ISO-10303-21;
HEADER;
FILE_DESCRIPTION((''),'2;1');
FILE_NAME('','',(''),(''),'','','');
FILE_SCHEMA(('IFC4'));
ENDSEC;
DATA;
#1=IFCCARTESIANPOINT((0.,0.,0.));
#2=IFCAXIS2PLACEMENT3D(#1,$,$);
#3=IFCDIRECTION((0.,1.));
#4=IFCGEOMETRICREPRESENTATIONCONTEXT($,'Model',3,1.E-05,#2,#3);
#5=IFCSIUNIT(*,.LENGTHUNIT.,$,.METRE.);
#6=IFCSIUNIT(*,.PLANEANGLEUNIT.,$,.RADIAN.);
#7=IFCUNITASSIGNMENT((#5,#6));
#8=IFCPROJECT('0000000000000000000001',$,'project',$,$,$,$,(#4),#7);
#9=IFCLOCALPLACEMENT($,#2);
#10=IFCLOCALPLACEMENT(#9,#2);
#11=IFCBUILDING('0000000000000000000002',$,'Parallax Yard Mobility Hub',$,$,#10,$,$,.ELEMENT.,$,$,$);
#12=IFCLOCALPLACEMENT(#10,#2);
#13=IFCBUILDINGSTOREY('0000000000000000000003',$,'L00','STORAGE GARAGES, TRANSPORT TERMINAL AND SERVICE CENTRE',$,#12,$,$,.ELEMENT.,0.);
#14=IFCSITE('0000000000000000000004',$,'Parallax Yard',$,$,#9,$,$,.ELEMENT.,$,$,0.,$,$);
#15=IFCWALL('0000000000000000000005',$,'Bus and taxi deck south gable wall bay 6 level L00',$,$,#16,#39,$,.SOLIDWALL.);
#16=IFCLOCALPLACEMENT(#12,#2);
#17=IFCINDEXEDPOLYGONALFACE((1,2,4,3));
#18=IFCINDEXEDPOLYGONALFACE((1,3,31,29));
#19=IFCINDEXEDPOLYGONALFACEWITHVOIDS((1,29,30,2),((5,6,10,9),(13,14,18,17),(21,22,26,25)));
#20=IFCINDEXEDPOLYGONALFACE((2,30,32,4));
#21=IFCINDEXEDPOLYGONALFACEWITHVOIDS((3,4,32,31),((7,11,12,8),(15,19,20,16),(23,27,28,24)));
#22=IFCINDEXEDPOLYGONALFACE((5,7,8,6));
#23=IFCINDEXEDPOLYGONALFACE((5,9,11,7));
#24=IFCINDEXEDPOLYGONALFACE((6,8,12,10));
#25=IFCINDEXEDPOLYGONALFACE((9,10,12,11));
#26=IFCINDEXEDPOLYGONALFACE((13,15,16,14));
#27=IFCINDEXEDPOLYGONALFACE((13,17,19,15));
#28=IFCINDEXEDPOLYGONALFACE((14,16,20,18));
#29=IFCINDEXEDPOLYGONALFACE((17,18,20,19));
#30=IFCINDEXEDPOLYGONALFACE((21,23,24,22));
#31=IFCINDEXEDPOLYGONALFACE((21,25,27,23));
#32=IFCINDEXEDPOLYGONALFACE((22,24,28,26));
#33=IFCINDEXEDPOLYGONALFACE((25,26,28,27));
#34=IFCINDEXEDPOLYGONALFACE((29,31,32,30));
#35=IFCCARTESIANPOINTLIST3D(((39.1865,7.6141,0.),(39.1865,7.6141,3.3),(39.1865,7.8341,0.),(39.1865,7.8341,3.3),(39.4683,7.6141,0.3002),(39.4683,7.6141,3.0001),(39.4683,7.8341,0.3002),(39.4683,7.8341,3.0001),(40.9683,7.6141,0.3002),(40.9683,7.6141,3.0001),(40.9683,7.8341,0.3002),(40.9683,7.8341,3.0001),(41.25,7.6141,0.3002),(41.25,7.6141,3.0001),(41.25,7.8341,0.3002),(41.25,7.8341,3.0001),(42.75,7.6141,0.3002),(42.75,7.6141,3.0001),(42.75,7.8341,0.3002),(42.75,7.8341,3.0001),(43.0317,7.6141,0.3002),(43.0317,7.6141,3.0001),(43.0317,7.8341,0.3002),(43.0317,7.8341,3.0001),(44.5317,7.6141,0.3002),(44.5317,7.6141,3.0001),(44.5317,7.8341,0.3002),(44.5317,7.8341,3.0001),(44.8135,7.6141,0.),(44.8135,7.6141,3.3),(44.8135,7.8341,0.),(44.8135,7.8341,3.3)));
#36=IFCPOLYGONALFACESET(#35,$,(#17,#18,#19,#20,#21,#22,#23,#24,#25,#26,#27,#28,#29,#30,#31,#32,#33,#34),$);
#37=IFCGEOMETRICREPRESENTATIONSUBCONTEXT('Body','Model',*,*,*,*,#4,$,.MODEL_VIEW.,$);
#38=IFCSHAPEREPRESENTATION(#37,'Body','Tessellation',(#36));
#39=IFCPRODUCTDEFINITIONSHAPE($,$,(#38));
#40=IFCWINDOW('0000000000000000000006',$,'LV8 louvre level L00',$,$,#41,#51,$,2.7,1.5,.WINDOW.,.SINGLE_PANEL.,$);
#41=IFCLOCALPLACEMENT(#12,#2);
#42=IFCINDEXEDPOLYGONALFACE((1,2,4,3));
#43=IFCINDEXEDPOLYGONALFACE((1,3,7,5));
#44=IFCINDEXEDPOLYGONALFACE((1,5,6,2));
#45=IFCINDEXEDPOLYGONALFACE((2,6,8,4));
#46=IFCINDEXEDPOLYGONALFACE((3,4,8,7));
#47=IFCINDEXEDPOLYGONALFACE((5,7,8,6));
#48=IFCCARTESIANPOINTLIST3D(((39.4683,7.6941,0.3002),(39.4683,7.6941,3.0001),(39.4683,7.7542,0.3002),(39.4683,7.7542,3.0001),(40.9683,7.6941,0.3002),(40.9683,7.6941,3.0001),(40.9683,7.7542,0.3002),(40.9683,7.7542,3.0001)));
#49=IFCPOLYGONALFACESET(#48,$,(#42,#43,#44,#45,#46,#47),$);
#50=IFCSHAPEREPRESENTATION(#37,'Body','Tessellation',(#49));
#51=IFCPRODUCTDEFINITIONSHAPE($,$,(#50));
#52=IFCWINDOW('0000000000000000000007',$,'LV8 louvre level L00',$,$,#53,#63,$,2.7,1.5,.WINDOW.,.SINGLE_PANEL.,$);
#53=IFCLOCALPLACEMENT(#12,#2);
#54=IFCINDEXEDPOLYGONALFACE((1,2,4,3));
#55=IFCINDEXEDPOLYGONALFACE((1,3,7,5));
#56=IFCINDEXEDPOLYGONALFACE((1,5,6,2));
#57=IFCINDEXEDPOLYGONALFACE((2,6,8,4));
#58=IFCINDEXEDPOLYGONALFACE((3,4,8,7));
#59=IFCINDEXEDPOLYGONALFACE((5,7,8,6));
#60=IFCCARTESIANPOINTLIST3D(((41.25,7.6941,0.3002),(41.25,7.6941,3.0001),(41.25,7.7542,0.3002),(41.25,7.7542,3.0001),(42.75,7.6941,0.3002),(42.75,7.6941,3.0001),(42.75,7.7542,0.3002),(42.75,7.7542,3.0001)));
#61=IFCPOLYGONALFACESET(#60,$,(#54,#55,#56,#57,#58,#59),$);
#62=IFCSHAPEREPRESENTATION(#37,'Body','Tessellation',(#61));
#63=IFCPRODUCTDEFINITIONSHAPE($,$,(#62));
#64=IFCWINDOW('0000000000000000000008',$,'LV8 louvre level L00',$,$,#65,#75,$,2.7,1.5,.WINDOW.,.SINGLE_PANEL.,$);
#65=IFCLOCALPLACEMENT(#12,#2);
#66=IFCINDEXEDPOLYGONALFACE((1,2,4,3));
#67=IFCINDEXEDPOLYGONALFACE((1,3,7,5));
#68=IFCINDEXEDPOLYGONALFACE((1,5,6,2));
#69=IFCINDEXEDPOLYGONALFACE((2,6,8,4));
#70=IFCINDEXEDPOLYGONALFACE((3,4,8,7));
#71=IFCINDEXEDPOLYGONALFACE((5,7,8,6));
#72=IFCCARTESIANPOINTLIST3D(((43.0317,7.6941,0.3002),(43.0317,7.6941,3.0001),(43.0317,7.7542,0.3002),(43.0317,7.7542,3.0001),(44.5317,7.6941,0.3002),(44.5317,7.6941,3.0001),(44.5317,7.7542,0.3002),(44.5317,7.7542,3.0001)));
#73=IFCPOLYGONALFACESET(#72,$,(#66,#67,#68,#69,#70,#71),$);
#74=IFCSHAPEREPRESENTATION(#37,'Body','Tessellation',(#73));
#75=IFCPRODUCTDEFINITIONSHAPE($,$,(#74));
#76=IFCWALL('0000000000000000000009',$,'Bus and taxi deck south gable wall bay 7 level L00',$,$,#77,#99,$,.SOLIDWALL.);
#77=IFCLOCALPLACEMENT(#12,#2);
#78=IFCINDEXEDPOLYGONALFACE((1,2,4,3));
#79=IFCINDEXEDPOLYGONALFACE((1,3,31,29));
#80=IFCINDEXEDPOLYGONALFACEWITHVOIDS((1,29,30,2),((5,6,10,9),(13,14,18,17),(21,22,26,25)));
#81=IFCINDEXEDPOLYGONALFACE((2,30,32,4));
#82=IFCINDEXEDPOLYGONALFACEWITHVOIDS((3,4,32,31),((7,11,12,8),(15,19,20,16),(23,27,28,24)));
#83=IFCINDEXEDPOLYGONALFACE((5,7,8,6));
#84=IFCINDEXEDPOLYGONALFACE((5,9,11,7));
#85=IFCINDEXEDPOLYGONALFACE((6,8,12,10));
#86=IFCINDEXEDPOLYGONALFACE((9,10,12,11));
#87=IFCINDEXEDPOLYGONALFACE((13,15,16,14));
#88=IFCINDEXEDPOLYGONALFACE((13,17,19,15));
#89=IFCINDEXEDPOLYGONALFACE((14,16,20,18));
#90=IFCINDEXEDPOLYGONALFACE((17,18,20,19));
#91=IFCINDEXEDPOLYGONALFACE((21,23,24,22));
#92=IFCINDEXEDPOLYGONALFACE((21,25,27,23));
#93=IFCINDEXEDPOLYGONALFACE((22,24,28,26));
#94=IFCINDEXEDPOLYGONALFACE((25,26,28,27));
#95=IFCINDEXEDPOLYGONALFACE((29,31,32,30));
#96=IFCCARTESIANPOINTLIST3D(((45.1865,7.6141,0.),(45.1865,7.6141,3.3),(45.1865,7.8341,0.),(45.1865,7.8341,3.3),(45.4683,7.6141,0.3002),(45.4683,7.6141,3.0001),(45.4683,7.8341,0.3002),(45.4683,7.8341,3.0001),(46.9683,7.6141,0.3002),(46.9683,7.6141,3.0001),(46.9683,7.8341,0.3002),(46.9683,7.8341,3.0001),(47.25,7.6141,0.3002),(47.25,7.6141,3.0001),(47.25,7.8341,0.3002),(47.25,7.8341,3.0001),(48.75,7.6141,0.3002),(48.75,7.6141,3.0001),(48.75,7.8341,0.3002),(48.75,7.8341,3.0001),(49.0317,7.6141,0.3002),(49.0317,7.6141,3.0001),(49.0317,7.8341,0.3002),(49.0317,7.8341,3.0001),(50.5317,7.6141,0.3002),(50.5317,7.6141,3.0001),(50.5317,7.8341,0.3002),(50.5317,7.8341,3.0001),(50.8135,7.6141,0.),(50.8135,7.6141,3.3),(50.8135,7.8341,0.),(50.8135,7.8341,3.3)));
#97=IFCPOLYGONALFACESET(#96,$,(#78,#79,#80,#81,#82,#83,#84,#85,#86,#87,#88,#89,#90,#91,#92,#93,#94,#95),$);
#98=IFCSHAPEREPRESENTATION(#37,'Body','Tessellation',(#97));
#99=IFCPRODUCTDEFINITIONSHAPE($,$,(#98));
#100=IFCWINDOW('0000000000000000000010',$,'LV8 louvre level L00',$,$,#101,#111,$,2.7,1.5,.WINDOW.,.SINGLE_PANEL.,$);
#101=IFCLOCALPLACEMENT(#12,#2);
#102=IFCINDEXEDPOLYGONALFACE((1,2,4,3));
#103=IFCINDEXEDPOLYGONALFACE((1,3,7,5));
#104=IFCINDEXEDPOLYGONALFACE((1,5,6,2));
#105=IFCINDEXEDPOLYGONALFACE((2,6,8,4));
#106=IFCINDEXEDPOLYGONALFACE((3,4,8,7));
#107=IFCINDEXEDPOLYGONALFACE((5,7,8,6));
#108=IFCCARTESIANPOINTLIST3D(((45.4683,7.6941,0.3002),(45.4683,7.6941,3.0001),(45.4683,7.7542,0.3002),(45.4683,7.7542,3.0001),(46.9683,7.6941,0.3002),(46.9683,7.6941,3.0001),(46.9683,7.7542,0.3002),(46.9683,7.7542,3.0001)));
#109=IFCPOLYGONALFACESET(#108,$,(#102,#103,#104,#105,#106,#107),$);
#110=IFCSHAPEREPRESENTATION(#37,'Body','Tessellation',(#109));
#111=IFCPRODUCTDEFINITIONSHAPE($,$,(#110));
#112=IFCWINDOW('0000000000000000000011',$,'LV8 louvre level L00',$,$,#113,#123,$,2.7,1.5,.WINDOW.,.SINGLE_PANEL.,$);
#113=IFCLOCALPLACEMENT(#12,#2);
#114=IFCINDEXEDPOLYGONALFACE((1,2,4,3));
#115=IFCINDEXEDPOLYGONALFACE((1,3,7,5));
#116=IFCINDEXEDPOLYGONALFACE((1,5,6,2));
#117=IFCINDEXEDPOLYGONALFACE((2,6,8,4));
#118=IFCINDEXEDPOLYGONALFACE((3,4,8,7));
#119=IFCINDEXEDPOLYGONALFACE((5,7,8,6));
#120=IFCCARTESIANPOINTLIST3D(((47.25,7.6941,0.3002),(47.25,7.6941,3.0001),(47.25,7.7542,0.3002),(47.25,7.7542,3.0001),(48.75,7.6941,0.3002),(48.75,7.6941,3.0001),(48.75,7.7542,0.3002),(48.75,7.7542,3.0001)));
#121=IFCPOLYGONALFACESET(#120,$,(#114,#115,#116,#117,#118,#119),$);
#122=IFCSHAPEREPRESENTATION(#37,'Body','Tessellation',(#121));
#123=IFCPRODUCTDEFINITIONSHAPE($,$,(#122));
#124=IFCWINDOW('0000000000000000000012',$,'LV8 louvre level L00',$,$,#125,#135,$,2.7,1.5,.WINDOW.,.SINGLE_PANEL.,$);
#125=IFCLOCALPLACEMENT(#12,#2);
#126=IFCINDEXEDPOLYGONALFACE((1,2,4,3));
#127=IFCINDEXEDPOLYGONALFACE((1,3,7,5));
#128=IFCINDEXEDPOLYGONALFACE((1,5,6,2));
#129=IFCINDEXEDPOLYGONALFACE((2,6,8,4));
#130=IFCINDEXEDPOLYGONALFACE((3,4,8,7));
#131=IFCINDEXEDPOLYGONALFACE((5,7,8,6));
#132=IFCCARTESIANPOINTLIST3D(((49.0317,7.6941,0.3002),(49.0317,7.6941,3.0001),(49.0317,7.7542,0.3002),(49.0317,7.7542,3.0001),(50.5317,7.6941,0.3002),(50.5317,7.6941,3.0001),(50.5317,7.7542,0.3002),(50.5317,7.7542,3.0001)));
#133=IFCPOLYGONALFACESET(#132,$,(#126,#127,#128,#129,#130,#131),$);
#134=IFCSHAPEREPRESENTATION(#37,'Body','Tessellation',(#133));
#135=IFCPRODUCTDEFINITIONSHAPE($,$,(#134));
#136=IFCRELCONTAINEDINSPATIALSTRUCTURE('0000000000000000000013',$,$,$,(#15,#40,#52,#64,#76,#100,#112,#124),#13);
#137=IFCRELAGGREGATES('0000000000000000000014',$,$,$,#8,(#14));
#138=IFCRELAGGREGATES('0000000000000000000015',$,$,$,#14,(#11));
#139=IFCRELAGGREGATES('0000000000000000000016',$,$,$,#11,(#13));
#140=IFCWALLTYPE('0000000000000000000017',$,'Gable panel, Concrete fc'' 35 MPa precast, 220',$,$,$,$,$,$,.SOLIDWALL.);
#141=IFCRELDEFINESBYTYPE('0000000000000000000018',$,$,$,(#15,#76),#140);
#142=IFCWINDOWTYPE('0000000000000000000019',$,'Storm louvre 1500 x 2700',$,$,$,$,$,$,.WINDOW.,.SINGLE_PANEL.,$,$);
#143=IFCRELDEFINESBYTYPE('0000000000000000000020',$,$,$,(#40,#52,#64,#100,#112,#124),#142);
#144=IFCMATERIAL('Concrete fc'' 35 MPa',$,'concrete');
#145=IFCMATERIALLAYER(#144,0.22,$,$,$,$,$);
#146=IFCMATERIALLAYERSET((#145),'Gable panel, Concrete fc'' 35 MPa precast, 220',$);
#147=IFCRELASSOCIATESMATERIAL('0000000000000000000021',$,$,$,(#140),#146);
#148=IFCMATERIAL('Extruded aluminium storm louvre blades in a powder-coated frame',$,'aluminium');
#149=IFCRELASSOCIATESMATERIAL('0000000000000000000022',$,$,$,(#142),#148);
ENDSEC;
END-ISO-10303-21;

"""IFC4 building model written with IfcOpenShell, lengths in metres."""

from ifc_helpers import new_model, si_unit, direction, frame, frame_2d, origin, place, context, subcontext, project, spatial, rectangle, extrude, material, layer, layer_set, type_object, element, fill, save


model = new_model("IFC4")

# Units and contexts
model_context = context("Model", 3, precision=1e-05, world=origin(), true_north=direction((0.0, 1.0)))
body_context = subcontext(model_context, "Body", "Model", "MODEL_VIEW")
ifc_project = project(units=[si_unit("LENGTHUNIT", "METRE"), si_unit("PLANEANGLEUNIT", "RADIAN")], contexts=[model_context])

# Site, building, storey
site_placement = place(None, origin())
site = spatial("IfcSite", under=ifc_project, at=site_placement, Name="Parallax Yard", CompositionType="ELEMENT", RefElevation=0.0)
building_placement = place(site_placement, origin())
building = spatial("IfcBuilding", under=site, at=building_placement, Name="Parallax Yard Mobility Hub", CompositionType="ELEMENT")
storey_placement = place(building_placement, origin())
storey = spatial("IfcBuildingStorey", under=building, at=storey_placement, Name="L00", Description="STORAGE GARAGES, TRANSPORT TERMINAL AND SERVICE CENTRE", CompositionType="ELEMENT", Elevation=0.0)

# Walls, openings, windows
ifc_material_1 = material(Name="Concrete fc' 35 MPa", Category="concrete")
ifc_layer = layer(ifc_material_1, 0.22)
ifc_layer_set = layer_set([ifc_layer], Name="Gable panel, Concrete fc' 35 MPa precast, 220")
wall_type = type_object("IfcWallType", Name="Gable panel, Concrete fc' 35 MPa precast, 220", PredefinedType="SOLIDWALL", material=ifc_layer_set)
ifc_material_2 = material(Name="Extruded aluminium storm louvre blades in a powder-coated frame", Category="aluminium")
window_type_1 = type_object("IfcWindowType", Name="Storm louvre 1500 x 2700", PartitioningType="SINGLE_PANEL", PredefinedType="WINDOW", material=ifc_material_2)
wall_1_placement = place(storey_placement, frame((39.1865, 7.7241, 0.0), z_axis=(0.0, 0.0, 1.0), x_axis=(1.0, 0.0, 0.0)))
wall_1 = element("IfcWall", 1, at=wall_1_placement, inside=storey, type_object=wall_type, Name="Bus and taxi deck south gable wall bay 6 level L00", PredefinedType="SOLIDWALL", context=body_context, shape_type="SweptSolid", body=[
    extrude(rectangle(XDim=5.627, YDim=0.22, at=frame_2d((2.8135, 0.0))), origin(), (0.0, 0.0, 1.0), 3.3),
])
opening_1_placement = place(wall_1_placement, frame((0.2817, 0.0, 0.3)))
opening_1 = element("IfcOpeningElement", 2, at=opening_1_placement, cuts=wall_1, PredefinedType="OPENING", context=body_context, shape_type="SweptSolid", body=[
    extrude(rectangle(XDim=1.5, YDim=2.7, at=frame_2d((0.75, 1.3501))), frame((0.0, 0.1201, 0.0), z_axis=(0.0, -1.0, 0.0), x_axis=(1.0, 0.0, 0.0)), (0.0, 0.0, 1.0), 0.24),
])
opening_2_placement = place(wall_1_placement, frame((2.0635, 0.0, 0.3)))
opening_2 = element("IfcOpeningElement", 3, at=opening_2_placement, cuts=wall_1, PredefinedType="OPENING", context=body_context, shape_type="SweptSolid", body=[
    extrude(rectangle(XDim=1.5, YDim=2.7, at=frame_2d((0.75, 1.3501))), frame((0.0, 0.1201, 0.0), z_axis=(0.0, -1.0, 0.0), x_axis=(1.0, 0.0, 0.0)), (0.0, 0.0, 1.0), 0.24),
])
opening_3_placement = place(wall_1_placement, frame((3.8452, 0.0, 0.3)))
opening_3 = element("IfcOpeningElement", 4, at=opening_3_placement, cuts=wall_1, PredefinedType="OPENING", context=body_context, shape_type="SweptSolid", body=[
    extrude(rectangle(XDim=1.5, YDim=2.7, at=frame_2d((0.75, 1.3501))), frame((0.0, 0.1201, 0.0), z_axis=(0.0, -1.0, 0.0), x_axis=(1.0, 0.0, 0.0)), (0.0, 0.0, 1.0), 0.24),
])
window_1_placement = place(opening_1_placement, origin())
window_1 = element("IfcWindow", 5, at=window_1_placement, inside=storey, type_object=window_type_1, Name="LV8 louvre level L00", OverallHeight=2.7, OverallWidth=1.5, PartitioningType="SINGLE_PANEL", PredefinedType="WINDOW", context=body_context, shape_type="SweptSolid", body=[
    extrude(rectangle(XDim=1.5, YDim=2.7, at=frame_2d((0.75, 1.3501))), frame((0.0, 0.03, 0.0), z_axis=(0.0, -1.0, 0.0), x_axis=(1.0, 0.0, 0.0)), (0.0, 0.0, 1.0), 0.0601),
])
fill(opening_1, window_1)
window_2_placement = place(opening_2_placement, origin())
window_2 = element("IfcWindow", 6, at=window_2_placement, inside=storey, type_object=window_type_1, Name="LV8 louvre level L00", OverallHeight=2.7, OverallWidth=1.5, PartitioningType="SINGLE_PANEL", PredefinedType="WINDOW", context=body_context, shape_type="SweptSolid", body=[
    extrude(rectangle(XDim=1.5, YDim=2.7, at=frame_2d((0.75, 1.3501))), frame((0.0, 0.03, 0.0), z_axis=(0.0, -1.0, 0.0), x_axis=(1.0, 0.0, 0.0)), (0.0, 0.0, 1.0), 0.0601),
])
fill(opening_2, window_2)
window_3_placement = place(opening_3_placement, origin())
window_3 = element("IfcWindow", 7, at=window_3_placement, inside=storey, type_object=window_type_1, Name="LV8 louvre level L00", OverallHeight=2.7, OverallWidth=1.5, PartitioningType="SINGLE_PANEL", PredefinedType="WINDOW", context=body_context, shape_type="SweptSolid", body=[
    extrude(rectangle(XDim=1.5, YDim=2.7, at=frame_2d((0.75, 1.3501))), frame((0.0, 0.03, 0.0), z_axis=(0.0, -1.0, 0.0), x_axis=(1.0, 0.0, 0.0)), (0.0, 0.0, 1.0), 0.0601),
])
fill(opening_3, window_3)
wall_2_placement = place(storey_placement, frame((45.1865, 7.7241, 0.0), z_axis=(0.0, 0.0, 1.0), x_axis=(1.0, 0.0, 0.0)))
wall_2 = element("IfcWall", 8, at=wall_2_placement, inside=storey, type_object=wall_type, Name="Bus and taxi deck south gable wall bay 7 level L00", PredefinedType="SOLIDWALL", context=body_context, shape_type="SweptSolid", body=[
    extrude(rectangle(XDim=5.627, YDim=0.22, at=frame_2d((2.8135, 0.0))), origin(), (0.0, 0.0, 1.0), 3.3),
])
opening_4_placement = place(wall_2_placement, frame((0.2817, 0.0, 0.3)))
opening_4 = element("IfcOpeningElement", 9, at=opening_4_placement, cuts=wall_2, PredefinedType="OPENING", context=body_context, shape_type="SweptSolid", body=[
    extrude(rectangle(XDim=1.5, YDim=2.7, at=frame_2d((0.75, 1.3501))), frame((0.0, 0.1201, 0.0), z_axis=(0.0, -1.0, 0.0), x_axis=(1.0, 0.0, 0.0)), (0.0, 0.0, 1.0), 0.24),
])
opening_5_placement = place(wall_2_placement, frame((2.0635, 0.0, 0.3)))
opening_5 = element("IfcOpeningElement", 10, at=opening_5_placement, cuts=wall_2, PredefinedType="OPENING", context=body_context, shape_type="SweptSolid", body=[
    extrude(rectangle(XDim=1.5, YDim=2.7, at=frame_2d((0.75, 1.3501))), frame((0.0, 0.1201, 0.0), z_axis=(0.0, -1.0, 0.0), x_axis=(1.0, 0.0, 0.0)), (0.0, 0.0, 1.0), 0.24),
])
opening_6_placement = place(wall_2_placement, frame((3.8452, 0.0, 0.3)))
opening_6 = element("IfcOpeningElement", 11, at=opening_6_placement, cuts=wall_2, PredefinedType="OPENING", context=body_context, shape_type="SweptSolid", body=[
    extrude(rectangle(XDim=1.5, YDim=2.7, at=frame_2d((0.75, 1.3501))), frame((0.0, 0.1201, 0.0), z_axis=(0.0, -1.0, 0.0), x_axis=(1.0, 0.0, 0.0)), (0.0, 0.0, 1.0), 0.24),
])
window_4_placement = place(opening_4_placement, origin())
window_4 = element("IfcWindow", 12, at=window_4_placement, inside=storey, type_object=window_type_1, Name="LV8 louvre level L00", OverallHeight=2.7, OverallWidth=1.5, PartitioningType="SINGLE_PANEL", PredefinedType="WINDOW", context=body_context, shape_type="SweptSolid", body=[
    extrude(rectangle(XDim=1.5, YDim=2.7, at=frame_2d((0.75, 1.3501))), frame((0.0, 0.03, 0.0), z_axis=(0.0, -1.0, 0.0), x_axis=(1.0, 0.0, 0.0)), (0.0, 0.0, 1.0), 0.0601),
])
fill(opening_4, window_4)
window_5_placement = place(opening_5_placement, origin())
window_5 = element("IfcWindow", 13, at=window_5_placement, inside=storey, type_object=window_type_1, Name="LV8 louvre level L00", OverallHeight=2.7, OverallWidth=1.5, PartitioningType="SINGLE_PANEL", PredefinedType="WINDOW", context=body_context, shape_type="SweptSolid", body=[
    extrude(rectangle(XDim=1.5, YDim=2.7, at=frame_2d((0.75, 1.3501))), frame((0.0, 0.03, 0.0), z_axis=(0.0, -1.0, 0.0), x_axis=(1.0, 0.0, 0.0)), (0.0, 0.0, 1.0), 0.0601),
])
fill(opening_5, window_5)
window_6_placement = place(opening_6_placement, origin())
window_6 = element("IfcWindow", 14, at=window_6_placement, inside=storey, type_object=window_type_1, Name="LV8 louvre level L00", OverallHeight=2.7, OverallWidth=1.5, PartitioningType="SINGLE_PANEL", PredefinedType="WINDOW", context=body_context, shape_type="SweptSolid", body=[
    extrude(rectangle(XDim=1.5, YDim=2.7, at=frame_2d((0.75, 1.3501))), frame((0.0, 0.03, 0.0), z_axis=(0.0, -1.0, 0.0), x_axis=(1.0, 0.0, 0.0)), (0.0, 0.0, 1.0), 0.0601),
])
fill(opening_6, window_6)

save(model, "model.ifc")
